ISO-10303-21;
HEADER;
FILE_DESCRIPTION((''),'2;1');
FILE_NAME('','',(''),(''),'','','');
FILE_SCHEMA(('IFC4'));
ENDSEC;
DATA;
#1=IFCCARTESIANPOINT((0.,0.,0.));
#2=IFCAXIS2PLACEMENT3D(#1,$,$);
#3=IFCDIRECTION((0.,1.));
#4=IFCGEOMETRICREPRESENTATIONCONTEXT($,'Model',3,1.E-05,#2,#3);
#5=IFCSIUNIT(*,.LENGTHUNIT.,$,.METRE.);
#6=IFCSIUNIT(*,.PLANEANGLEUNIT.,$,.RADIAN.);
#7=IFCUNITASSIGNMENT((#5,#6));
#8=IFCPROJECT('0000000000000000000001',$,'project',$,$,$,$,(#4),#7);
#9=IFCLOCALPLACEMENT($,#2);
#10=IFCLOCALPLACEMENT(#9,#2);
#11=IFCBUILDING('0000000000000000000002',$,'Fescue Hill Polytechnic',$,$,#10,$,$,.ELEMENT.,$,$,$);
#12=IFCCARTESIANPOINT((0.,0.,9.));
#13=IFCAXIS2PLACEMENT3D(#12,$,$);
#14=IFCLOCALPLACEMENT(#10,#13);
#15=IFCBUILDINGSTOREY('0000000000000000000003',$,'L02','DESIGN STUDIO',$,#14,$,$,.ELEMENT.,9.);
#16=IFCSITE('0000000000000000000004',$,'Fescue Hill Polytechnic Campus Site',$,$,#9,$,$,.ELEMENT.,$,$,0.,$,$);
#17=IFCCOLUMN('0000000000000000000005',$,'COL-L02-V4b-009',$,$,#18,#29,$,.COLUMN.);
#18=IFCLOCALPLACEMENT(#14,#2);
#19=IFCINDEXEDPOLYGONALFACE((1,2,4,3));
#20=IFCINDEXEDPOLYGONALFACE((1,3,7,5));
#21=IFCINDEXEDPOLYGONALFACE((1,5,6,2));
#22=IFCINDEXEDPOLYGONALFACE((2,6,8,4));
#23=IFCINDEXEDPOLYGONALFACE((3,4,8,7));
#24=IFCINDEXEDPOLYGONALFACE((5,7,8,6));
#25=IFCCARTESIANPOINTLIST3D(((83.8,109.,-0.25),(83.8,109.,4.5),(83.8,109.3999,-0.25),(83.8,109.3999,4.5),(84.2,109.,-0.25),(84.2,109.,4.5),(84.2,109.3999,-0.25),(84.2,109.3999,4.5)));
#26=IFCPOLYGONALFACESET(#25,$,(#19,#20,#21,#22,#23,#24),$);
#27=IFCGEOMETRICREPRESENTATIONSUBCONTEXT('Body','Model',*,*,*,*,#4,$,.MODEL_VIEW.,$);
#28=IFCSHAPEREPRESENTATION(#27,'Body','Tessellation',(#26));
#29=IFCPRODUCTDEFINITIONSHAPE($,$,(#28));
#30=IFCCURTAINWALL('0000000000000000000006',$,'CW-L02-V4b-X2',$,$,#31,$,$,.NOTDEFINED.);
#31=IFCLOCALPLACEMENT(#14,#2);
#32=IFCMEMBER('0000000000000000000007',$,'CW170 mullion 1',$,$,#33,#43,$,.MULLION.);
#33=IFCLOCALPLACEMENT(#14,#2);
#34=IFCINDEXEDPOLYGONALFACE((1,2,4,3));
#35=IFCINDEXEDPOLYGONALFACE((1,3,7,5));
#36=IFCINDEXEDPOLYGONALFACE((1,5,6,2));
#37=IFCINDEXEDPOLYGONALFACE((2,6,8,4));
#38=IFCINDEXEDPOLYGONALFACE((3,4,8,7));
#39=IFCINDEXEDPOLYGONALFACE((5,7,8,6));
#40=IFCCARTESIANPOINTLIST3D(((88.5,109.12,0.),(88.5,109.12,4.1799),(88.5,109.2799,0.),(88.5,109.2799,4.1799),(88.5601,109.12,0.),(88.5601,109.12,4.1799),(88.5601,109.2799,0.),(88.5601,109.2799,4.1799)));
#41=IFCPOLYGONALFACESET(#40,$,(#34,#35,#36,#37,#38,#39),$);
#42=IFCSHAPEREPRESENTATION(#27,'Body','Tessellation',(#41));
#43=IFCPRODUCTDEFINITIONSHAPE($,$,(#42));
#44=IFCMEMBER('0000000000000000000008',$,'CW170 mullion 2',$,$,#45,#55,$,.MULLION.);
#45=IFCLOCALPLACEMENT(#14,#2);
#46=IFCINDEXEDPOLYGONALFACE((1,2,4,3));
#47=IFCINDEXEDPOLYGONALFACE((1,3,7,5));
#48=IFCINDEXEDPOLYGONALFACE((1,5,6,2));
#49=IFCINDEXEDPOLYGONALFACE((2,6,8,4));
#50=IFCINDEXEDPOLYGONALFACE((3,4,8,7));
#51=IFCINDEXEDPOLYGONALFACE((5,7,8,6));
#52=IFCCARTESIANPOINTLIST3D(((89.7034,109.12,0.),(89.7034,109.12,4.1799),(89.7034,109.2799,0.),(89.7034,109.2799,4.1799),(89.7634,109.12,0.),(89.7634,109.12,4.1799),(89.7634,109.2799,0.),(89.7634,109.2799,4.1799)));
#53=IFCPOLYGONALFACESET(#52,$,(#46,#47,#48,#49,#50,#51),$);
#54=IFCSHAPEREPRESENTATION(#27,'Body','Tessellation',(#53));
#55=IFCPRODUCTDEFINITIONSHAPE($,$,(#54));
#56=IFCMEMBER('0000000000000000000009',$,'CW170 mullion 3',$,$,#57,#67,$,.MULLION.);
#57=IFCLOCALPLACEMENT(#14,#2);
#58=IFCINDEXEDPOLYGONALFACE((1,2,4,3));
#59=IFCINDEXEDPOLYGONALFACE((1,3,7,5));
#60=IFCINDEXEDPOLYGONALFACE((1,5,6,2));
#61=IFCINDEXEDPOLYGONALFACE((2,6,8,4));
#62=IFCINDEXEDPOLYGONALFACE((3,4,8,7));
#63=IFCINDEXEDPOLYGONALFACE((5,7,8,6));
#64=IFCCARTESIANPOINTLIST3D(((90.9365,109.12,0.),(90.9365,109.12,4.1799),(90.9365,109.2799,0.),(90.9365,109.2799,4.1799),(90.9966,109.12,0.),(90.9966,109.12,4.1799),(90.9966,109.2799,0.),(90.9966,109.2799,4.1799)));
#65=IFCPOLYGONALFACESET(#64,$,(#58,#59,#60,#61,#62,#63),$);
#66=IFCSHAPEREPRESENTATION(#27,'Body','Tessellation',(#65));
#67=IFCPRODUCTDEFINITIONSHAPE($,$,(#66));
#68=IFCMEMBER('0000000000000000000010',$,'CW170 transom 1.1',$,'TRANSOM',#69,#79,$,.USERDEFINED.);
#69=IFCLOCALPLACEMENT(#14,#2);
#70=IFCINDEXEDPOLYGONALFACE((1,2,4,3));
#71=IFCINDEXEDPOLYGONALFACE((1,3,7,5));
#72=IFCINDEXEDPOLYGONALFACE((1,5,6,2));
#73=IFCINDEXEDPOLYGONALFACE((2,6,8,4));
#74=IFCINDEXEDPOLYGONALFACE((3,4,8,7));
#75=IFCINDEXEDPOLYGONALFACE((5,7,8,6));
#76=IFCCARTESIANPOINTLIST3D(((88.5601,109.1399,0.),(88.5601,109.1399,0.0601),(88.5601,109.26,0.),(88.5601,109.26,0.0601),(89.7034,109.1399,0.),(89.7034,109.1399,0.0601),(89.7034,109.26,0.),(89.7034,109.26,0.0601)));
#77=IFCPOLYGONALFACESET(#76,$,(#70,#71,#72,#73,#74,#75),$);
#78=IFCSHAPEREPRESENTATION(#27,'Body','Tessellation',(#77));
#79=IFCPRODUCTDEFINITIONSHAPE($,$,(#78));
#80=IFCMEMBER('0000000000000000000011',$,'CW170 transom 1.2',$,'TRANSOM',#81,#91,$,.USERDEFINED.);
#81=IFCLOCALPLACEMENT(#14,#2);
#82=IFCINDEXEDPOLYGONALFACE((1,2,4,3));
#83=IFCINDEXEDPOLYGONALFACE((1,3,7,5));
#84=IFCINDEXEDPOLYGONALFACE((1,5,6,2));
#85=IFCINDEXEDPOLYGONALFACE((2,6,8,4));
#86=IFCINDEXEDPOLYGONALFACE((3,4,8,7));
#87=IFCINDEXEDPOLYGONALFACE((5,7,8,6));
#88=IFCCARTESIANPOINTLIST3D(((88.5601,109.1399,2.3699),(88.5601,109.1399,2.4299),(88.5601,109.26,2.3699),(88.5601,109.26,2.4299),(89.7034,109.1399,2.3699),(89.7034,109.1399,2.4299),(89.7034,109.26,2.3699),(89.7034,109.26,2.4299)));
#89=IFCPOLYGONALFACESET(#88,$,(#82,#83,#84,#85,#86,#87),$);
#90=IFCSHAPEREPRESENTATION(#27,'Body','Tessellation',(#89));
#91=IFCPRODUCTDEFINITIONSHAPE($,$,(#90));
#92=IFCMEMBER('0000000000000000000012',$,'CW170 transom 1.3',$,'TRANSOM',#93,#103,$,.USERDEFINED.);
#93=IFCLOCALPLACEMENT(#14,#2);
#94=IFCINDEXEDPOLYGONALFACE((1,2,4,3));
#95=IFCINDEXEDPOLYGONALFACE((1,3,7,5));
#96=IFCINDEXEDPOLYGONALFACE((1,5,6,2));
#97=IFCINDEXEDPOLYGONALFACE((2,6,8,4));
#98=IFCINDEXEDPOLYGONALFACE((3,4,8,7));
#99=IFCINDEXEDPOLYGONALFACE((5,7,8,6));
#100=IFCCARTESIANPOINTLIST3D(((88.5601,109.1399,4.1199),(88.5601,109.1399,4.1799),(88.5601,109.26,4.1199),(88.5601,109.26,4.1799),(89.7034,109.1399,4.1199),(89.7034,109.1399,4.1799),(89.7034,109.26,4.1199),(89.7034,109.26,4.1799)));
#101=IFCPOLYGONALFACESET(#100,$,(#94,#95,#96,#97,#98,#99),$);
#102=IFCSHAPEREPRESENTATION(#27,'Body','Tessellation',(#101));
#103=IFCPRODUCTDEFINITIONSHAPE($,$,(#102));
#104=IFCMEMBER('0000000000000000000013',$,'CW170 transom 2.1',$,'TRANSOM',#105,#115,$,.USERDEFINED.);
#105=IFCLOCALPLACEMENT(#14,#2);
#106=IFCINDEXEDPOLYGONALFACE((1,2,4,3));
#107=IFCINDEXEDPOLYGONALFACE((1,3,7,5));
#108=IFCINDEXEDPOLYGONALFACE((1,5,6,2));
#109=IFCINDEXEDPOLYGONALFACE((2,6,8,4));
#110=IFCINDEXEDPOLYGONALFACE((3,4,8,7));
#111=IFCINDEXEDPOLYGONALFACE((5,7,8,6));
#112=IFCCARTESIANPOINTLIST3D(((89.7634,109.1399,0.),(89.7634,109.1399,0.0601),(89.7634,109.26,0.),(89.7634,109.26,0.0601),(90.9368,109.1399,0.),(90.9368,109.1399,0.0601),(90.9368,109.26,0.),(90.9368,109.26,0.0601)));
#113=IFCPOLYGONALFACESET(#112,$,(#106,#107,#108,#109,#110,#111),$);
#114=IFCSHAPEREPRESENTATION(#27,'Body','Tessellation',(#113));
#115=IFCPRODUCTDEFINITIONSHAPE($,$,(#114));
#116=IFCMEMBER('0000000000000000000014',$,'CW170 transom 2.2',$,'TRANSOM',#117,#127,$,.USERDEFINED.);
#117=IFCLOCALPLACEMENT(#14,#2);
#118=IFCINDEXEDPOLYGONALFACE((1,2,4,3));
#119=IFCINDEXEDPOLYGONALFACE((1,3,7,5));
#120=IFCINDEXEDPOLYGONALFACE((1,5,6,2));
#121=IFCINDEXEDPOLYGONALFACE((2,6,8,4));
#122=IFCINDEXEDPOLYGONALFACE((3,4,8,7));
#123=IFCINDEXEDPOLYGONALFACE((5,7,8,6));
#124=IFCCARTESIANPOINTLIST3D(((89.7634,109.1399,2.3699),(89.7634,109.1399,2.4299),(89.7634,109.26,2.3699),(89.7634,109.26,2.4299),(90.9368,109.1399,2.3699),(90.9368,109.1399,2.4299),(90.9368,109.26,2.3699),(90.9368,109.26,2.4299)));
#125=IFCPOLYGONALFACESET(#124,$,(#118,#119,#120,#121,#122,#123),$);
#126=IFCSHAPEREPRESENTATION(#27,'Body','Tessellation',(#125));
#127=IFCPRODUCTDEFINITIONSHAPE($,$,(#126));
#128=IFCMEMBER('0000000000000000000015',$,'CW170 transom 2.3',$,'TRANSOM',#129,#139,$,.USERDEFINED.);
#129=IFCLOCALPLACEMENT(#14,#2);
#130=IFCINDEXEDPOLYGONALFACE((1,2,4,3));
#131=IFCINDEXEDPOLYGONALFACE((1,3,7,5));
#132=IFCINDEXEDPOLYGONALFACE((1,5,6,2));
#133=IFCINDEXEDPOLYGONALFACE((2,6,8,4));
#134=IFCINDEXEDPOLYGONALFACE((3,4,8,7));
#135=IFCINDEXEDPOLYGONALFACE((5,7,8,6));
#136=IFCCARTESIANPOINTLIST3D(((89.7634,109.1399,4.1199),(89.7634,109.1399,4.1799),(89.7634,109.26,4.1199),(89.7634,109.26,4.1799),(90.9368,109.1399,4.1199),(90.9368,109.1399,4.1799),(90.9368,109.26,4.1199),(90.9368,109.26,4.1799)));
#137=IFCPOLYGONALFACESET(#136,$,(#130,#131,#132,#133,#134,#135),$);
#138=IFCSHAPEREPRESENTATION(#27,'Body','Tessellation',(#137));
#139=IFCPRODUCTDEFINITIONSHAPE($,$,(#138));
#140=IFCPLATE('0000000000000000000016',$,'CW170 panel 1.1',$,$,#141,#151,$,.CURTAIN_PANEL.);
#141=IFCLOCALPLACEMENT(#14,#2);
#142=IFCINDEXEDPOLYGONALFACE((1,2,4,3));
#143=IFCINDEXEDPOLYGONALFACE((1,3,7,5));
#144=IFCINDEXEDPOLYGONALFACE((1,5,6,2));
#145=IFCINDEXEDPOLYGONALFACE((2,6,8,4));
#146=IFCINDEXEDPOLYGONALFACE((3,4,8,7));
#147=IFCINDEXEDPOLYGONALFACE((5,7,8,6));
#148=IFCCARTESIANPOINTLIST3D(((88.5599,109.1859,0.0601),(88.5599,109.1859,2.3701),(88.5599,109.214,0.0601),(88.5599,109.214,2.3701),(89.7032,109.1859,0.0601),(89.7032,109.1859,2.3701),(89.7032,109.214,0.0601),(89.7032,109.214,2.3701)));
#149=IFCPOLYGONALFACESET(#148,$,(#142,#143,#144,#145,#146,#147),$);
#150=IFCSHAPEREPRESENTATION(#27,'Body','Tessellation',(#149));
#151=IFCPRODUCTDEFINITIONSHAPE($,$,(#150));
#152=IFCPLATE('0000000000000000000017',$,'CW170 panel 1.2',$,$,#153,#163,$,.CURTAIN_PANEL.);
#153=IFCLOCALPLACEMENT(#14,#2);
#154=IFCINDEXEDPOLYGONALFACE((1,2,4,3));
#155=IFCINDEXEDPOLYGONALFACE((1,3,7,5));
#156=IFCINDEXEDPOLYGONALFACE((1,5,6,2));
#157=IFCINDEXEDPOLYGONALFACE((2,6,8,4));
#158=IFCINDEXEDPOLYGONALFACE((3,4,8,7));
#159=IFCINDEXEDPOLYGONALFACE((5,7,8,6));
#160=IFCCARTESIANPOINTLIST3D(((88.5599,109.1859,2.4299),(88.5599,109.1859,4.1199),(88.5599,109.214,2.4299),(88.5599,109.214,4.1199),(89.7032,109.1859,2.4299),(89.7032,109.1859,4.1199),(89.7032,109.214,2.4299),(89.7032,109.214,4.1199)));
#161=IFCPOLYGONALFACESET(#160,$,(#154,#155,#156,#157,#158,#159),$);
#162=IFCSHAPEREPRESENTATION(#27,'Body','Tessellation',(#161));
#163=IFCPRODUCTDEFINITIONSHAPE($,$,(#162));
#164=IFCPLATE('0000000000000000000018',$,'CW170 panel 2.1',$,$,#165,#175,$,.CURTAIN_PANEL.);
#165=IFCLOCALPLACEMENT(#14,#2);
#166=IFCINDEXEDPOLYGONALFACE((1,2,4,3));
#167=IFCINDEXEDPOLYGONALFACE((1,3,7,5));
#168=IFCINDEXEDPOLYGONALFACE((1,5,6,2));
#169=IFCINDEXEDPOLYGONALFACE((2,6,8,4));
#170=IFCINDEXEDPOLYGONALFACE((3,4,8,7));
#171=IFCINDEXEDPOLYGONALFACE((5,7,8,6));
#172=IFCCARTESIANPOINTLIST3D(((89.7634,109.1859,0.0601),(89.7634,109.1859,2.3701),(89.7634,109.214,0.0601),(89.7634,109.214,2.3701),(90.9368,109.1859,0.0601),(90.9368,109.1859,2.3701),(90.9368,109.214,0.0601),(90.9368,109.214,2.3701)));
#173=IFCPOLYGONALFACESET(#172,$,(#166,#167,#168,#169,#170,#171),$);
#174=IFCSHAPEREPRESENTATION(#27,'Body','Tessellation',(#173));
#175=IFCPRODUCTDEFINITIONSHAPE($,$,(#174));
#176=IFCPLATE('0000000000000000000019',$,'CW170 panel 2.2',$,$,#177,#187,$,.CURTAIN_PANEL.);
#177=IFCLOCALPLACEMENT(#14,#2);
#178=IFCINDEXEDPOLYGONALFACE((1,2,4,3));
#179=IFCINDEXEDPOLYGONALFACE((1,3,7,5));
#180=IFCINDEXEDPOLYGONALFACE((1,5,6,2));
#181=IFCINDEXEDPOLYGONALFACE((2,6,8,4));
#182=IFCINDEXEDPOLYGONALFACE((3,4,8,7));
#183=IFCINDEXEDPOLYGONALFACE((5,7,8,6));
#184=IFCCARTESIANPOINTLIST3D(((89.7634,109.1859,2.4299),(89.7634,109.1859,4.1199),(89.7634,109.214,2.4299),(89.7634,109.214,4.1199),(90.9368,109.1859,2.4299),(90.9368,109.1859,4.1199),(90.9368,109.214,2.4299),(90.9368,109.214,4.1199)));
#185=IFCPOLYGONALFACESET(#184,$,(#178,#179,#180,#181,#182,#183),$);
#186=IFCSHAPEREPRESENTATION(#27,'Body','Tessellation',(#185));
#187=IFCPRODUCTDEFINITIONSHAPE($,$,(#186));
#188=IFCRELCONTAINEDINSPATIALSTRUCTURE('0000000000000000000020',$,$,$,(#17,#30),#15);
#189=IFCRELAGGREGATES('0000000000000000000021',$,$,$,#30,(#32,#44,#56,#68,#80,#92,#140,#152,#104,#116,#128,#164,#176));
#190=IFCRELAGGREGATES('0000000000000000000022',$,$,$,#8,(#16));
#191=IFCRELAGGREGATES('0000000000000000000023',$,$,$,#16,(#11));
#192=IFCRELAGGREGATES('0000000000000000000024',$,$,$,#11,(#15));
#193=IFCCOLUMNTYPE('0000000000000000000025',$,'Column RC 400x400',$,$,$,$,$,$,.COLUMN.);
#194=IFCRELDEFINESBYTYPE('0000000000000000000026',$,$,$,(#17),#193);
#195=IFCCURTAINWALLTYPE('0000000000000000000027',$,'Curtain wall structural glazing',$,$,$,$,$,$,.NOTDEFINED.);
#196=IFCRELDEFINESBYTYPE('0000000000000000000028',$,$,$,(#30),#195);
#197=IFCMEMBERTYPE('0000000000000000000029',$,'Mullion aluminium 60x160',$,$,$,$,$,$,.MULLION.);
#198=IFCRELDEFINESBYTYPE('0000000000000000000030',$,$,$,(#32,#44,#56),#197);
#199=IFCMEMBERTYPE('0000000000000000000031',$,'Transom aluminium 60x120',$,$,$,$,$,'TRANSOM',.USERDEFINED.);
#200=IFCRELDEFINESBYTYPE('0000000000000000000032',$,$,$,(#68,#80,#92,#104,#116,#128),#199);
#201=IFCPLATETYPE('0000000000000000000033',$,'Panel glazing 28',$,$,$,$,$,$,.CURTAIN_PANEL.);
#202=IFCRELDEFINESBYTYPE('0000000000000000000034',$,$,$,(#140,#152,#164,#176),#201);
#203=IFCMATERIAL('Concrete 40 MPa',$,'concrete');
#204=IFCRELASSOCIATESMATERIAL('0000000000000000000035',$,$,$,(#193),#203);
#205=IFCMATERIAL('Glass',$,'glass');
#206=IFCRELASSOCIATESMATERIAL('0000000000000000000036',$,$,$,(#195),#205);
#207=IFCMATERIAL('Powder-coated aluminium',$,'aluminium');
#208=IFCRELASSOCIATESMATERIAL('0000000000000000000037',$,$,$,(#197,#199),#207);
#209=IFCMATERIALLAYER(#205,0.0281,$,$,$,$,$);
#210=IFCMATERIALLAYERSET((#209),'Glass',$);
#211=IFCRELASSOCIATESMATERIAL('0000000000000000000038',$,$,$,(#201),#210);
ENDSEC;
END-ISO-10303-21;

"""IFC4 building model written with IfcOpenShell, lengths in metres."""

from ifc_helpers import new_model, si_unit, direction, frame, origin, origin_2d, place, context, subcontext, project, spatial, rectangle, extrude, material, layer, layer_set, material_profile, profile_set, type_object, element, aggregate, save


model = new_model("IFC4")

# Units and contexts
model_context = context("Model", 3, precision=1e-05, world=origin(), true_north=direction((0.0, 1.0)))
body_context = subcontext(model_context, "Body", "Model", "MODEL_VIEW")
ifc_project = project(units=[si_unit("LENGTHUNIT", "METRE"), si_unit("PLANEANGLEUNIT", "RADIAN")], contexts=[model_context])

# Site, building, storey
site_placement = place(None, origin())
site = spatial("IfcSite", under=ifc_project, at=site_placement, Name="Fescue Hill Polytechnic Campus Site", CompositionType="ELEMENT", RefElevation=0.0)
building_placement = place(site_placement, origin())
building = spatial("IfcBuilding", under=site, at=building_placement, Name="Fescue Hill Polytechnic", CompositionType="ELEMENT")
storey_placement = place(building_placement, frame((0.0, 0.0, 9.0)))
storey = spatial("IfcBuildingStorey", under=building, at=storey_placement, Name="L02", Description="DESIGN STUDIO", CompositionType="ELEMENT", Elevation=9.0)

# Column
ifc_material_1 = material(Name="Concrete 40 MPa", Category="concrete")
ifc_material_profile_1 = material_profile(ifc_material_1, rectangle(XDim=0.3999, YDim=0.3999, at=origin_2d()), Name="RC 400x400")
ifc_profile_set_1 = profile_set([ifc_material_profile_1], Name="Concrete 40 MPa")
column_type = type_object("IfcColumnType", Name="Column RC 400x400", PredefinedType="COLUMN", material=ifc_profile_set_1)
column_placement = place(storey_placement, frame((84.0, 109.2, -0.25), z_axis=(0.0, 0.0, 1.0), x_axis=(1.0, 0.0, 0.0)))
element("IfcColumn", 1, at=column_placement, inside=storey, type_object=column_type, Name="COL-L02-V4b-009", PredefinedType="COLUMN", context=body_context, shape_type="SweptSolid", body=[
    extrude(rectangle(XDim=0.3999, YDim=0.3999, at=origin_2d()), origin(), (0.0, 0.0, 1.0), 4.75),
])

# Curtain wall, members, plates
ifc_material_2 = material(Name="Glass", Category="glass")
curtain_wall_type = type_object("IfcCurtainWallType", Name="Curtain wall structural glazing", PredefinedType="NOTDEFINED", material=ifc_material_2)
curtain_wall_placement = place(storey_placement, origin())
curtain_wall = element("IfcCurtainWall", 2, at=curtain_wall_placement, inside=storey, type_object=curtain_wall_type, Name="CW-L02-V4b-X2", PredefinedType="NOTDEFINED")
ifc_material_3 = material(Name="Powder-coated aluminium", Category="aluminium")
ifc_material_profile_2 = material_profile(ifc_material_3, rectangle(XDim=0.1599, YDim=0.0601, at=origin_2d()), Name="Mullion aluminium 60x160")
ifc_profile_set_2 = profile_set([ifc_material_profile_2], Name="Powder-coated aluminium")
member_type_1 = type_object("IfcMemberType", Name="Mullion aluminium 60x160", PredefinedType="MULLION", material=ifc_profile_set_2)
member_1_placement = place(storey_placement, frame((88.53, 109.2, 0.0), z_axis=(0.0, 0.0, 1.0), x_axis=(0.0, 1.0, 0.0)))
member_1 = element("IfcMember", 3, at=member_1_placement, type_object=member_type_1, Name="CW170 mullion 1", PredefinedType="MULLION", context=body_context, shape_type="SweptSolid", body=[
    extrude(rectangle(XDim=0.1599, YDim=0.0601, at=origin_2d()), origin(), (0.0, 0.0, 1.0), 4.1799),
])
member_2_placement = place(storey_placement, frame((89.7334, 109.2, 0.0), z_axis=(0.0, 0.0, 1.0), x_axis=(0.0, 1.0, 0.0)))
member_2 = element("IfcMember", 4, at=member_2_placement, type_object=member_type_1, Name="CW170 mullion 2", PredefinedType="MULLION", context=body_context, shape_type="SweptSolid", body=[
    extrude(rectangle(XDim=0.1599, YDim=0.0601, at=origin_2d()), origin(), (0.0, 0.0, 1.0), 4.1799),
])
member_3_placement = place(storey_placement, frame((90.9666, 109.2, 0.0), z_axis=(0.0, 0.0, 1.0), x_axis=(0.0, 1.0, 0.0)))
member_3 = element("IfcMember", 5, at=member_3_placement, type_object=member_type_1, Name="CW170 mullion 3", PredefinedType="MULLION", context=body_context, shape_type="SweptSolid", body=[
    extrude(rectangle(XDim=0.1599, YDim=0.0601, at=origin_2d()), origin(), (0.0, 0.0, 1.0), 4.1799),
])
ifc_material_profile_3 = material_profile(ifc_material_3, rectangle(XDim=0.1201, YDim=0.0601, at=origin_2d()), Name="Transom aluminium 60x120")
ifc_profile_set_3 = profile_set([ifc_material_profile_3], Name="Powder-coated aluminium")
member_type_2 = type_object("IfcMemberType", Name="Transom aluminium 60x120", ElementType="TRANSOM", PredefinedType="USERDEFINED", material=ifc_profile_set_3)
member_4_placement = place(storey_placement, frame((88.5601, 109.2, 0.03), z_axis=(1.0, 0.0, 0.0), x_axis=(0.0, 1.0, 0.0)))
member_4 = element("IfcMember", 6, at=member_4_placement, type_object=member_type_2, Name="CW170 transom 1.1", ObjectType="TRANSOM", PredefinedType="USERDEFINED", context=body_context, shape_type="SweptSolid", body=[
    extrude(rectangle(XDim=0.1201, YDim=0.0601, at=origin_2d()), origin(), (0.0, 0.0, 1.0), 1.1433),
])
member_5_placement = place(storey_placement, frame((88.5601, 109.2, 2.3999), z_axis=(1.0, 0.0, 0.0), x_axis=(0.0, 1.0, 0.0)))
member_5 = element("IfcMember", 7, at=member_5_placement, type_object=member_type_2, Name="CW170 transom 1.2", ObjectType="TRANSOM", PredefinedType="USERDEFINED", context=body_context, shape_type="SweptSolid", body=[
    extrude(rectangle(XDim=0.1201, YDim=0.0601, at=origin_2d()), origin(), (0.0, 0.0, 1.0), 1.1433),
])
member_6_placement = place(storey_placement, frame((88.5601, 109.2, 4.1499), z_axis=(1.0, 0.0, 0.0), x_axis=(0.0, 1.0, 0.0)))
member_6 = element("IfcMember", 8, at=member_6_placement, type_object=member_type_2, Name="CW170 transom 1.3", ObjectType="TRANSOM", PredefinedType="USERDEFINED", context=body_context, shape_type="SweptSolid", body=[
    extrude(rectangle(XDim=0.1201, YDim=0.0601, at=origin_2d()), origin(), (0.0, 0.0, 1.0), 1.1433),
])
member_7_placement = place(storey_placement, frame((89.7634, 109.2, 0.03), z_axis=(1.0, 0.0, 0.0), x_axis=(0.0, 1.0, 0.0)))
member_7 = element("IfcMember", 9, at=member_7_placement, type_object=member_type_2, Name="CW170 transom 2.1", ObjectType="TRANSOM", PredefinedType="USERDEFINED", context=body_context, shape_type="SweptSolid", body=[
    extrude(rectangle(XDim=0.1201, YDim=0.0601, at=origin_2d()), origin(), (0.0, 0.0, 1.0), 1.1733),
])
member_8_placement = place(storey_placement, frame((89.7634, 109.2, 2.3999), z_axis=(1.0, 0.0, 0.0), x_axis=(0.0, 1.0, 0.0)))
member_8 = element("IfcMember", 10, at=member_8_placement, type_object=member_type_2, Name="CW170 transom 2.2", ObjectType="TRANSOM", PredefinedType="USERDEFINED", context=body_context, shape_type="SweptSolid", body=[
    extrude(rectangle(XDim=0.1201, YDim=0.0601, at=origin_2d()), origin(), (0.0, 0.0, 1.0), 1.1733),
])
member_9_placement = place(storey_placement, frame((89.7634, 109.2, 4.1499), z_axis=(1.0, 0.0, 0.0), x_axis=(0.0, 1.0, 0.0)))
member_9 = element("IfcMember", 11, at=member_9_placement, type_object=member_type_2, Name="CW170 transom 2.3", ObjectType="TRANSOM", PredefinedType="USERDEFINED", context=body_context, shape_type="SweptSolid", body=[
    extrude(rectangle(XDim=0.1201, YDim=0.0601, at=origin_2d()), origin(), (0.0, 0.0, 1.0), 1.1733),
])
ifc_layer_1 = layer(ifc_material_2, 0.0281)
ifc_layer_set_1 = layer_set([ifc_layer_1], Name="Glass")
plate_type = type_object("IfcPlateType", Name="Panel glazing 28", PredefinedType="CURTAIN_PANEL", material=ifc_layer_set_1)
plate_1_placement = place(storey_placement, frame((89.1316, 109.2, 0.0601), z_axis=(0.0, 0.0, 1.0), x_axis=(1.0, 0.0, 0.0)))
plate_1 = element("IfcPlate", 12, at=plate_1_placement, type_object=plate_type, Name="CW170 panel 1.1", PredefinedType="CURTAIN_PANEL", context=body_context, shape_type="SweptSolid", body=[
    extrude(rectangle(XDim=1.1433, YDim=0.0281, at=origin_2d()), origin(), (0.0, 0.0, 1.0), 2.3101),
])
plate_2_placement = place(storey_placement, frame((89.1316, 109.2, 2.4299), z_axis=(0.0, 0.0, 1.0), x_axis=(1.0, 0.0, 0.0)))
plate_2 = element("IfcPlate", 13, at=plate_2_placement, type_object=plate_type, Name="CW170 panel 1.2", PredefinedType="CURTAIN_PANEL", context=body_context, shape_type="SweptSolid", body=[
    extrude(rectangle(XDim=1.1433, YDim=0.0281, at=origin_2d()), origin(), (0.0, 0.0, 1.0), 1.6899),
])
plate_3_placement = place(storey_placement, frame((90.3501, 109.2, 0.0601), z_axis=(0.0, 0.0, 1.0), x_axis=(1.0, 0.0, 0.0)))
plate_3 = element("IfcPlate", 14, at=plate_3_placement, type_object=plate_type, Name="CW170 panel 2.1", PredefinedType="CURTAIN_PANEL", context=body_context, shape_type="SweptSolid", body=[
    extrude(rectangle(XDim=1.1733, YDim=0.0281, at=origin_2d()), origin(), (0.0, 0.0, 1.0), 2.3101),
])
plate_4_placement = place(storey_placement, frame((90.3501, 109.2, 2.4299), z_axis=(0.0, 0.0, 1.0), x_axis=(1.0, 0.0, 0.0)))
plate_4 = element("IfcPlate", 15, at=plate_4_placement, type_object=plate_type, Name="CW170 panel 2.2", PredefinedType="CURTAIN_PANEL", context=body_context, shape_type="SweptSolid", body=[
    extrude(rectangle(XDim=1.1733, YDim=0.0281, at=origin_2d()), origin(), (0.0, 0.0, 1.0), 1.6899),
])
aggregate(curtain_wall, [member_1, member_2, member_3, member_4, member_5, member_6, plate_1, plate_2, member_7, member_8, member_9, plate_3, plate_4])

save(model, "model.ifc")
